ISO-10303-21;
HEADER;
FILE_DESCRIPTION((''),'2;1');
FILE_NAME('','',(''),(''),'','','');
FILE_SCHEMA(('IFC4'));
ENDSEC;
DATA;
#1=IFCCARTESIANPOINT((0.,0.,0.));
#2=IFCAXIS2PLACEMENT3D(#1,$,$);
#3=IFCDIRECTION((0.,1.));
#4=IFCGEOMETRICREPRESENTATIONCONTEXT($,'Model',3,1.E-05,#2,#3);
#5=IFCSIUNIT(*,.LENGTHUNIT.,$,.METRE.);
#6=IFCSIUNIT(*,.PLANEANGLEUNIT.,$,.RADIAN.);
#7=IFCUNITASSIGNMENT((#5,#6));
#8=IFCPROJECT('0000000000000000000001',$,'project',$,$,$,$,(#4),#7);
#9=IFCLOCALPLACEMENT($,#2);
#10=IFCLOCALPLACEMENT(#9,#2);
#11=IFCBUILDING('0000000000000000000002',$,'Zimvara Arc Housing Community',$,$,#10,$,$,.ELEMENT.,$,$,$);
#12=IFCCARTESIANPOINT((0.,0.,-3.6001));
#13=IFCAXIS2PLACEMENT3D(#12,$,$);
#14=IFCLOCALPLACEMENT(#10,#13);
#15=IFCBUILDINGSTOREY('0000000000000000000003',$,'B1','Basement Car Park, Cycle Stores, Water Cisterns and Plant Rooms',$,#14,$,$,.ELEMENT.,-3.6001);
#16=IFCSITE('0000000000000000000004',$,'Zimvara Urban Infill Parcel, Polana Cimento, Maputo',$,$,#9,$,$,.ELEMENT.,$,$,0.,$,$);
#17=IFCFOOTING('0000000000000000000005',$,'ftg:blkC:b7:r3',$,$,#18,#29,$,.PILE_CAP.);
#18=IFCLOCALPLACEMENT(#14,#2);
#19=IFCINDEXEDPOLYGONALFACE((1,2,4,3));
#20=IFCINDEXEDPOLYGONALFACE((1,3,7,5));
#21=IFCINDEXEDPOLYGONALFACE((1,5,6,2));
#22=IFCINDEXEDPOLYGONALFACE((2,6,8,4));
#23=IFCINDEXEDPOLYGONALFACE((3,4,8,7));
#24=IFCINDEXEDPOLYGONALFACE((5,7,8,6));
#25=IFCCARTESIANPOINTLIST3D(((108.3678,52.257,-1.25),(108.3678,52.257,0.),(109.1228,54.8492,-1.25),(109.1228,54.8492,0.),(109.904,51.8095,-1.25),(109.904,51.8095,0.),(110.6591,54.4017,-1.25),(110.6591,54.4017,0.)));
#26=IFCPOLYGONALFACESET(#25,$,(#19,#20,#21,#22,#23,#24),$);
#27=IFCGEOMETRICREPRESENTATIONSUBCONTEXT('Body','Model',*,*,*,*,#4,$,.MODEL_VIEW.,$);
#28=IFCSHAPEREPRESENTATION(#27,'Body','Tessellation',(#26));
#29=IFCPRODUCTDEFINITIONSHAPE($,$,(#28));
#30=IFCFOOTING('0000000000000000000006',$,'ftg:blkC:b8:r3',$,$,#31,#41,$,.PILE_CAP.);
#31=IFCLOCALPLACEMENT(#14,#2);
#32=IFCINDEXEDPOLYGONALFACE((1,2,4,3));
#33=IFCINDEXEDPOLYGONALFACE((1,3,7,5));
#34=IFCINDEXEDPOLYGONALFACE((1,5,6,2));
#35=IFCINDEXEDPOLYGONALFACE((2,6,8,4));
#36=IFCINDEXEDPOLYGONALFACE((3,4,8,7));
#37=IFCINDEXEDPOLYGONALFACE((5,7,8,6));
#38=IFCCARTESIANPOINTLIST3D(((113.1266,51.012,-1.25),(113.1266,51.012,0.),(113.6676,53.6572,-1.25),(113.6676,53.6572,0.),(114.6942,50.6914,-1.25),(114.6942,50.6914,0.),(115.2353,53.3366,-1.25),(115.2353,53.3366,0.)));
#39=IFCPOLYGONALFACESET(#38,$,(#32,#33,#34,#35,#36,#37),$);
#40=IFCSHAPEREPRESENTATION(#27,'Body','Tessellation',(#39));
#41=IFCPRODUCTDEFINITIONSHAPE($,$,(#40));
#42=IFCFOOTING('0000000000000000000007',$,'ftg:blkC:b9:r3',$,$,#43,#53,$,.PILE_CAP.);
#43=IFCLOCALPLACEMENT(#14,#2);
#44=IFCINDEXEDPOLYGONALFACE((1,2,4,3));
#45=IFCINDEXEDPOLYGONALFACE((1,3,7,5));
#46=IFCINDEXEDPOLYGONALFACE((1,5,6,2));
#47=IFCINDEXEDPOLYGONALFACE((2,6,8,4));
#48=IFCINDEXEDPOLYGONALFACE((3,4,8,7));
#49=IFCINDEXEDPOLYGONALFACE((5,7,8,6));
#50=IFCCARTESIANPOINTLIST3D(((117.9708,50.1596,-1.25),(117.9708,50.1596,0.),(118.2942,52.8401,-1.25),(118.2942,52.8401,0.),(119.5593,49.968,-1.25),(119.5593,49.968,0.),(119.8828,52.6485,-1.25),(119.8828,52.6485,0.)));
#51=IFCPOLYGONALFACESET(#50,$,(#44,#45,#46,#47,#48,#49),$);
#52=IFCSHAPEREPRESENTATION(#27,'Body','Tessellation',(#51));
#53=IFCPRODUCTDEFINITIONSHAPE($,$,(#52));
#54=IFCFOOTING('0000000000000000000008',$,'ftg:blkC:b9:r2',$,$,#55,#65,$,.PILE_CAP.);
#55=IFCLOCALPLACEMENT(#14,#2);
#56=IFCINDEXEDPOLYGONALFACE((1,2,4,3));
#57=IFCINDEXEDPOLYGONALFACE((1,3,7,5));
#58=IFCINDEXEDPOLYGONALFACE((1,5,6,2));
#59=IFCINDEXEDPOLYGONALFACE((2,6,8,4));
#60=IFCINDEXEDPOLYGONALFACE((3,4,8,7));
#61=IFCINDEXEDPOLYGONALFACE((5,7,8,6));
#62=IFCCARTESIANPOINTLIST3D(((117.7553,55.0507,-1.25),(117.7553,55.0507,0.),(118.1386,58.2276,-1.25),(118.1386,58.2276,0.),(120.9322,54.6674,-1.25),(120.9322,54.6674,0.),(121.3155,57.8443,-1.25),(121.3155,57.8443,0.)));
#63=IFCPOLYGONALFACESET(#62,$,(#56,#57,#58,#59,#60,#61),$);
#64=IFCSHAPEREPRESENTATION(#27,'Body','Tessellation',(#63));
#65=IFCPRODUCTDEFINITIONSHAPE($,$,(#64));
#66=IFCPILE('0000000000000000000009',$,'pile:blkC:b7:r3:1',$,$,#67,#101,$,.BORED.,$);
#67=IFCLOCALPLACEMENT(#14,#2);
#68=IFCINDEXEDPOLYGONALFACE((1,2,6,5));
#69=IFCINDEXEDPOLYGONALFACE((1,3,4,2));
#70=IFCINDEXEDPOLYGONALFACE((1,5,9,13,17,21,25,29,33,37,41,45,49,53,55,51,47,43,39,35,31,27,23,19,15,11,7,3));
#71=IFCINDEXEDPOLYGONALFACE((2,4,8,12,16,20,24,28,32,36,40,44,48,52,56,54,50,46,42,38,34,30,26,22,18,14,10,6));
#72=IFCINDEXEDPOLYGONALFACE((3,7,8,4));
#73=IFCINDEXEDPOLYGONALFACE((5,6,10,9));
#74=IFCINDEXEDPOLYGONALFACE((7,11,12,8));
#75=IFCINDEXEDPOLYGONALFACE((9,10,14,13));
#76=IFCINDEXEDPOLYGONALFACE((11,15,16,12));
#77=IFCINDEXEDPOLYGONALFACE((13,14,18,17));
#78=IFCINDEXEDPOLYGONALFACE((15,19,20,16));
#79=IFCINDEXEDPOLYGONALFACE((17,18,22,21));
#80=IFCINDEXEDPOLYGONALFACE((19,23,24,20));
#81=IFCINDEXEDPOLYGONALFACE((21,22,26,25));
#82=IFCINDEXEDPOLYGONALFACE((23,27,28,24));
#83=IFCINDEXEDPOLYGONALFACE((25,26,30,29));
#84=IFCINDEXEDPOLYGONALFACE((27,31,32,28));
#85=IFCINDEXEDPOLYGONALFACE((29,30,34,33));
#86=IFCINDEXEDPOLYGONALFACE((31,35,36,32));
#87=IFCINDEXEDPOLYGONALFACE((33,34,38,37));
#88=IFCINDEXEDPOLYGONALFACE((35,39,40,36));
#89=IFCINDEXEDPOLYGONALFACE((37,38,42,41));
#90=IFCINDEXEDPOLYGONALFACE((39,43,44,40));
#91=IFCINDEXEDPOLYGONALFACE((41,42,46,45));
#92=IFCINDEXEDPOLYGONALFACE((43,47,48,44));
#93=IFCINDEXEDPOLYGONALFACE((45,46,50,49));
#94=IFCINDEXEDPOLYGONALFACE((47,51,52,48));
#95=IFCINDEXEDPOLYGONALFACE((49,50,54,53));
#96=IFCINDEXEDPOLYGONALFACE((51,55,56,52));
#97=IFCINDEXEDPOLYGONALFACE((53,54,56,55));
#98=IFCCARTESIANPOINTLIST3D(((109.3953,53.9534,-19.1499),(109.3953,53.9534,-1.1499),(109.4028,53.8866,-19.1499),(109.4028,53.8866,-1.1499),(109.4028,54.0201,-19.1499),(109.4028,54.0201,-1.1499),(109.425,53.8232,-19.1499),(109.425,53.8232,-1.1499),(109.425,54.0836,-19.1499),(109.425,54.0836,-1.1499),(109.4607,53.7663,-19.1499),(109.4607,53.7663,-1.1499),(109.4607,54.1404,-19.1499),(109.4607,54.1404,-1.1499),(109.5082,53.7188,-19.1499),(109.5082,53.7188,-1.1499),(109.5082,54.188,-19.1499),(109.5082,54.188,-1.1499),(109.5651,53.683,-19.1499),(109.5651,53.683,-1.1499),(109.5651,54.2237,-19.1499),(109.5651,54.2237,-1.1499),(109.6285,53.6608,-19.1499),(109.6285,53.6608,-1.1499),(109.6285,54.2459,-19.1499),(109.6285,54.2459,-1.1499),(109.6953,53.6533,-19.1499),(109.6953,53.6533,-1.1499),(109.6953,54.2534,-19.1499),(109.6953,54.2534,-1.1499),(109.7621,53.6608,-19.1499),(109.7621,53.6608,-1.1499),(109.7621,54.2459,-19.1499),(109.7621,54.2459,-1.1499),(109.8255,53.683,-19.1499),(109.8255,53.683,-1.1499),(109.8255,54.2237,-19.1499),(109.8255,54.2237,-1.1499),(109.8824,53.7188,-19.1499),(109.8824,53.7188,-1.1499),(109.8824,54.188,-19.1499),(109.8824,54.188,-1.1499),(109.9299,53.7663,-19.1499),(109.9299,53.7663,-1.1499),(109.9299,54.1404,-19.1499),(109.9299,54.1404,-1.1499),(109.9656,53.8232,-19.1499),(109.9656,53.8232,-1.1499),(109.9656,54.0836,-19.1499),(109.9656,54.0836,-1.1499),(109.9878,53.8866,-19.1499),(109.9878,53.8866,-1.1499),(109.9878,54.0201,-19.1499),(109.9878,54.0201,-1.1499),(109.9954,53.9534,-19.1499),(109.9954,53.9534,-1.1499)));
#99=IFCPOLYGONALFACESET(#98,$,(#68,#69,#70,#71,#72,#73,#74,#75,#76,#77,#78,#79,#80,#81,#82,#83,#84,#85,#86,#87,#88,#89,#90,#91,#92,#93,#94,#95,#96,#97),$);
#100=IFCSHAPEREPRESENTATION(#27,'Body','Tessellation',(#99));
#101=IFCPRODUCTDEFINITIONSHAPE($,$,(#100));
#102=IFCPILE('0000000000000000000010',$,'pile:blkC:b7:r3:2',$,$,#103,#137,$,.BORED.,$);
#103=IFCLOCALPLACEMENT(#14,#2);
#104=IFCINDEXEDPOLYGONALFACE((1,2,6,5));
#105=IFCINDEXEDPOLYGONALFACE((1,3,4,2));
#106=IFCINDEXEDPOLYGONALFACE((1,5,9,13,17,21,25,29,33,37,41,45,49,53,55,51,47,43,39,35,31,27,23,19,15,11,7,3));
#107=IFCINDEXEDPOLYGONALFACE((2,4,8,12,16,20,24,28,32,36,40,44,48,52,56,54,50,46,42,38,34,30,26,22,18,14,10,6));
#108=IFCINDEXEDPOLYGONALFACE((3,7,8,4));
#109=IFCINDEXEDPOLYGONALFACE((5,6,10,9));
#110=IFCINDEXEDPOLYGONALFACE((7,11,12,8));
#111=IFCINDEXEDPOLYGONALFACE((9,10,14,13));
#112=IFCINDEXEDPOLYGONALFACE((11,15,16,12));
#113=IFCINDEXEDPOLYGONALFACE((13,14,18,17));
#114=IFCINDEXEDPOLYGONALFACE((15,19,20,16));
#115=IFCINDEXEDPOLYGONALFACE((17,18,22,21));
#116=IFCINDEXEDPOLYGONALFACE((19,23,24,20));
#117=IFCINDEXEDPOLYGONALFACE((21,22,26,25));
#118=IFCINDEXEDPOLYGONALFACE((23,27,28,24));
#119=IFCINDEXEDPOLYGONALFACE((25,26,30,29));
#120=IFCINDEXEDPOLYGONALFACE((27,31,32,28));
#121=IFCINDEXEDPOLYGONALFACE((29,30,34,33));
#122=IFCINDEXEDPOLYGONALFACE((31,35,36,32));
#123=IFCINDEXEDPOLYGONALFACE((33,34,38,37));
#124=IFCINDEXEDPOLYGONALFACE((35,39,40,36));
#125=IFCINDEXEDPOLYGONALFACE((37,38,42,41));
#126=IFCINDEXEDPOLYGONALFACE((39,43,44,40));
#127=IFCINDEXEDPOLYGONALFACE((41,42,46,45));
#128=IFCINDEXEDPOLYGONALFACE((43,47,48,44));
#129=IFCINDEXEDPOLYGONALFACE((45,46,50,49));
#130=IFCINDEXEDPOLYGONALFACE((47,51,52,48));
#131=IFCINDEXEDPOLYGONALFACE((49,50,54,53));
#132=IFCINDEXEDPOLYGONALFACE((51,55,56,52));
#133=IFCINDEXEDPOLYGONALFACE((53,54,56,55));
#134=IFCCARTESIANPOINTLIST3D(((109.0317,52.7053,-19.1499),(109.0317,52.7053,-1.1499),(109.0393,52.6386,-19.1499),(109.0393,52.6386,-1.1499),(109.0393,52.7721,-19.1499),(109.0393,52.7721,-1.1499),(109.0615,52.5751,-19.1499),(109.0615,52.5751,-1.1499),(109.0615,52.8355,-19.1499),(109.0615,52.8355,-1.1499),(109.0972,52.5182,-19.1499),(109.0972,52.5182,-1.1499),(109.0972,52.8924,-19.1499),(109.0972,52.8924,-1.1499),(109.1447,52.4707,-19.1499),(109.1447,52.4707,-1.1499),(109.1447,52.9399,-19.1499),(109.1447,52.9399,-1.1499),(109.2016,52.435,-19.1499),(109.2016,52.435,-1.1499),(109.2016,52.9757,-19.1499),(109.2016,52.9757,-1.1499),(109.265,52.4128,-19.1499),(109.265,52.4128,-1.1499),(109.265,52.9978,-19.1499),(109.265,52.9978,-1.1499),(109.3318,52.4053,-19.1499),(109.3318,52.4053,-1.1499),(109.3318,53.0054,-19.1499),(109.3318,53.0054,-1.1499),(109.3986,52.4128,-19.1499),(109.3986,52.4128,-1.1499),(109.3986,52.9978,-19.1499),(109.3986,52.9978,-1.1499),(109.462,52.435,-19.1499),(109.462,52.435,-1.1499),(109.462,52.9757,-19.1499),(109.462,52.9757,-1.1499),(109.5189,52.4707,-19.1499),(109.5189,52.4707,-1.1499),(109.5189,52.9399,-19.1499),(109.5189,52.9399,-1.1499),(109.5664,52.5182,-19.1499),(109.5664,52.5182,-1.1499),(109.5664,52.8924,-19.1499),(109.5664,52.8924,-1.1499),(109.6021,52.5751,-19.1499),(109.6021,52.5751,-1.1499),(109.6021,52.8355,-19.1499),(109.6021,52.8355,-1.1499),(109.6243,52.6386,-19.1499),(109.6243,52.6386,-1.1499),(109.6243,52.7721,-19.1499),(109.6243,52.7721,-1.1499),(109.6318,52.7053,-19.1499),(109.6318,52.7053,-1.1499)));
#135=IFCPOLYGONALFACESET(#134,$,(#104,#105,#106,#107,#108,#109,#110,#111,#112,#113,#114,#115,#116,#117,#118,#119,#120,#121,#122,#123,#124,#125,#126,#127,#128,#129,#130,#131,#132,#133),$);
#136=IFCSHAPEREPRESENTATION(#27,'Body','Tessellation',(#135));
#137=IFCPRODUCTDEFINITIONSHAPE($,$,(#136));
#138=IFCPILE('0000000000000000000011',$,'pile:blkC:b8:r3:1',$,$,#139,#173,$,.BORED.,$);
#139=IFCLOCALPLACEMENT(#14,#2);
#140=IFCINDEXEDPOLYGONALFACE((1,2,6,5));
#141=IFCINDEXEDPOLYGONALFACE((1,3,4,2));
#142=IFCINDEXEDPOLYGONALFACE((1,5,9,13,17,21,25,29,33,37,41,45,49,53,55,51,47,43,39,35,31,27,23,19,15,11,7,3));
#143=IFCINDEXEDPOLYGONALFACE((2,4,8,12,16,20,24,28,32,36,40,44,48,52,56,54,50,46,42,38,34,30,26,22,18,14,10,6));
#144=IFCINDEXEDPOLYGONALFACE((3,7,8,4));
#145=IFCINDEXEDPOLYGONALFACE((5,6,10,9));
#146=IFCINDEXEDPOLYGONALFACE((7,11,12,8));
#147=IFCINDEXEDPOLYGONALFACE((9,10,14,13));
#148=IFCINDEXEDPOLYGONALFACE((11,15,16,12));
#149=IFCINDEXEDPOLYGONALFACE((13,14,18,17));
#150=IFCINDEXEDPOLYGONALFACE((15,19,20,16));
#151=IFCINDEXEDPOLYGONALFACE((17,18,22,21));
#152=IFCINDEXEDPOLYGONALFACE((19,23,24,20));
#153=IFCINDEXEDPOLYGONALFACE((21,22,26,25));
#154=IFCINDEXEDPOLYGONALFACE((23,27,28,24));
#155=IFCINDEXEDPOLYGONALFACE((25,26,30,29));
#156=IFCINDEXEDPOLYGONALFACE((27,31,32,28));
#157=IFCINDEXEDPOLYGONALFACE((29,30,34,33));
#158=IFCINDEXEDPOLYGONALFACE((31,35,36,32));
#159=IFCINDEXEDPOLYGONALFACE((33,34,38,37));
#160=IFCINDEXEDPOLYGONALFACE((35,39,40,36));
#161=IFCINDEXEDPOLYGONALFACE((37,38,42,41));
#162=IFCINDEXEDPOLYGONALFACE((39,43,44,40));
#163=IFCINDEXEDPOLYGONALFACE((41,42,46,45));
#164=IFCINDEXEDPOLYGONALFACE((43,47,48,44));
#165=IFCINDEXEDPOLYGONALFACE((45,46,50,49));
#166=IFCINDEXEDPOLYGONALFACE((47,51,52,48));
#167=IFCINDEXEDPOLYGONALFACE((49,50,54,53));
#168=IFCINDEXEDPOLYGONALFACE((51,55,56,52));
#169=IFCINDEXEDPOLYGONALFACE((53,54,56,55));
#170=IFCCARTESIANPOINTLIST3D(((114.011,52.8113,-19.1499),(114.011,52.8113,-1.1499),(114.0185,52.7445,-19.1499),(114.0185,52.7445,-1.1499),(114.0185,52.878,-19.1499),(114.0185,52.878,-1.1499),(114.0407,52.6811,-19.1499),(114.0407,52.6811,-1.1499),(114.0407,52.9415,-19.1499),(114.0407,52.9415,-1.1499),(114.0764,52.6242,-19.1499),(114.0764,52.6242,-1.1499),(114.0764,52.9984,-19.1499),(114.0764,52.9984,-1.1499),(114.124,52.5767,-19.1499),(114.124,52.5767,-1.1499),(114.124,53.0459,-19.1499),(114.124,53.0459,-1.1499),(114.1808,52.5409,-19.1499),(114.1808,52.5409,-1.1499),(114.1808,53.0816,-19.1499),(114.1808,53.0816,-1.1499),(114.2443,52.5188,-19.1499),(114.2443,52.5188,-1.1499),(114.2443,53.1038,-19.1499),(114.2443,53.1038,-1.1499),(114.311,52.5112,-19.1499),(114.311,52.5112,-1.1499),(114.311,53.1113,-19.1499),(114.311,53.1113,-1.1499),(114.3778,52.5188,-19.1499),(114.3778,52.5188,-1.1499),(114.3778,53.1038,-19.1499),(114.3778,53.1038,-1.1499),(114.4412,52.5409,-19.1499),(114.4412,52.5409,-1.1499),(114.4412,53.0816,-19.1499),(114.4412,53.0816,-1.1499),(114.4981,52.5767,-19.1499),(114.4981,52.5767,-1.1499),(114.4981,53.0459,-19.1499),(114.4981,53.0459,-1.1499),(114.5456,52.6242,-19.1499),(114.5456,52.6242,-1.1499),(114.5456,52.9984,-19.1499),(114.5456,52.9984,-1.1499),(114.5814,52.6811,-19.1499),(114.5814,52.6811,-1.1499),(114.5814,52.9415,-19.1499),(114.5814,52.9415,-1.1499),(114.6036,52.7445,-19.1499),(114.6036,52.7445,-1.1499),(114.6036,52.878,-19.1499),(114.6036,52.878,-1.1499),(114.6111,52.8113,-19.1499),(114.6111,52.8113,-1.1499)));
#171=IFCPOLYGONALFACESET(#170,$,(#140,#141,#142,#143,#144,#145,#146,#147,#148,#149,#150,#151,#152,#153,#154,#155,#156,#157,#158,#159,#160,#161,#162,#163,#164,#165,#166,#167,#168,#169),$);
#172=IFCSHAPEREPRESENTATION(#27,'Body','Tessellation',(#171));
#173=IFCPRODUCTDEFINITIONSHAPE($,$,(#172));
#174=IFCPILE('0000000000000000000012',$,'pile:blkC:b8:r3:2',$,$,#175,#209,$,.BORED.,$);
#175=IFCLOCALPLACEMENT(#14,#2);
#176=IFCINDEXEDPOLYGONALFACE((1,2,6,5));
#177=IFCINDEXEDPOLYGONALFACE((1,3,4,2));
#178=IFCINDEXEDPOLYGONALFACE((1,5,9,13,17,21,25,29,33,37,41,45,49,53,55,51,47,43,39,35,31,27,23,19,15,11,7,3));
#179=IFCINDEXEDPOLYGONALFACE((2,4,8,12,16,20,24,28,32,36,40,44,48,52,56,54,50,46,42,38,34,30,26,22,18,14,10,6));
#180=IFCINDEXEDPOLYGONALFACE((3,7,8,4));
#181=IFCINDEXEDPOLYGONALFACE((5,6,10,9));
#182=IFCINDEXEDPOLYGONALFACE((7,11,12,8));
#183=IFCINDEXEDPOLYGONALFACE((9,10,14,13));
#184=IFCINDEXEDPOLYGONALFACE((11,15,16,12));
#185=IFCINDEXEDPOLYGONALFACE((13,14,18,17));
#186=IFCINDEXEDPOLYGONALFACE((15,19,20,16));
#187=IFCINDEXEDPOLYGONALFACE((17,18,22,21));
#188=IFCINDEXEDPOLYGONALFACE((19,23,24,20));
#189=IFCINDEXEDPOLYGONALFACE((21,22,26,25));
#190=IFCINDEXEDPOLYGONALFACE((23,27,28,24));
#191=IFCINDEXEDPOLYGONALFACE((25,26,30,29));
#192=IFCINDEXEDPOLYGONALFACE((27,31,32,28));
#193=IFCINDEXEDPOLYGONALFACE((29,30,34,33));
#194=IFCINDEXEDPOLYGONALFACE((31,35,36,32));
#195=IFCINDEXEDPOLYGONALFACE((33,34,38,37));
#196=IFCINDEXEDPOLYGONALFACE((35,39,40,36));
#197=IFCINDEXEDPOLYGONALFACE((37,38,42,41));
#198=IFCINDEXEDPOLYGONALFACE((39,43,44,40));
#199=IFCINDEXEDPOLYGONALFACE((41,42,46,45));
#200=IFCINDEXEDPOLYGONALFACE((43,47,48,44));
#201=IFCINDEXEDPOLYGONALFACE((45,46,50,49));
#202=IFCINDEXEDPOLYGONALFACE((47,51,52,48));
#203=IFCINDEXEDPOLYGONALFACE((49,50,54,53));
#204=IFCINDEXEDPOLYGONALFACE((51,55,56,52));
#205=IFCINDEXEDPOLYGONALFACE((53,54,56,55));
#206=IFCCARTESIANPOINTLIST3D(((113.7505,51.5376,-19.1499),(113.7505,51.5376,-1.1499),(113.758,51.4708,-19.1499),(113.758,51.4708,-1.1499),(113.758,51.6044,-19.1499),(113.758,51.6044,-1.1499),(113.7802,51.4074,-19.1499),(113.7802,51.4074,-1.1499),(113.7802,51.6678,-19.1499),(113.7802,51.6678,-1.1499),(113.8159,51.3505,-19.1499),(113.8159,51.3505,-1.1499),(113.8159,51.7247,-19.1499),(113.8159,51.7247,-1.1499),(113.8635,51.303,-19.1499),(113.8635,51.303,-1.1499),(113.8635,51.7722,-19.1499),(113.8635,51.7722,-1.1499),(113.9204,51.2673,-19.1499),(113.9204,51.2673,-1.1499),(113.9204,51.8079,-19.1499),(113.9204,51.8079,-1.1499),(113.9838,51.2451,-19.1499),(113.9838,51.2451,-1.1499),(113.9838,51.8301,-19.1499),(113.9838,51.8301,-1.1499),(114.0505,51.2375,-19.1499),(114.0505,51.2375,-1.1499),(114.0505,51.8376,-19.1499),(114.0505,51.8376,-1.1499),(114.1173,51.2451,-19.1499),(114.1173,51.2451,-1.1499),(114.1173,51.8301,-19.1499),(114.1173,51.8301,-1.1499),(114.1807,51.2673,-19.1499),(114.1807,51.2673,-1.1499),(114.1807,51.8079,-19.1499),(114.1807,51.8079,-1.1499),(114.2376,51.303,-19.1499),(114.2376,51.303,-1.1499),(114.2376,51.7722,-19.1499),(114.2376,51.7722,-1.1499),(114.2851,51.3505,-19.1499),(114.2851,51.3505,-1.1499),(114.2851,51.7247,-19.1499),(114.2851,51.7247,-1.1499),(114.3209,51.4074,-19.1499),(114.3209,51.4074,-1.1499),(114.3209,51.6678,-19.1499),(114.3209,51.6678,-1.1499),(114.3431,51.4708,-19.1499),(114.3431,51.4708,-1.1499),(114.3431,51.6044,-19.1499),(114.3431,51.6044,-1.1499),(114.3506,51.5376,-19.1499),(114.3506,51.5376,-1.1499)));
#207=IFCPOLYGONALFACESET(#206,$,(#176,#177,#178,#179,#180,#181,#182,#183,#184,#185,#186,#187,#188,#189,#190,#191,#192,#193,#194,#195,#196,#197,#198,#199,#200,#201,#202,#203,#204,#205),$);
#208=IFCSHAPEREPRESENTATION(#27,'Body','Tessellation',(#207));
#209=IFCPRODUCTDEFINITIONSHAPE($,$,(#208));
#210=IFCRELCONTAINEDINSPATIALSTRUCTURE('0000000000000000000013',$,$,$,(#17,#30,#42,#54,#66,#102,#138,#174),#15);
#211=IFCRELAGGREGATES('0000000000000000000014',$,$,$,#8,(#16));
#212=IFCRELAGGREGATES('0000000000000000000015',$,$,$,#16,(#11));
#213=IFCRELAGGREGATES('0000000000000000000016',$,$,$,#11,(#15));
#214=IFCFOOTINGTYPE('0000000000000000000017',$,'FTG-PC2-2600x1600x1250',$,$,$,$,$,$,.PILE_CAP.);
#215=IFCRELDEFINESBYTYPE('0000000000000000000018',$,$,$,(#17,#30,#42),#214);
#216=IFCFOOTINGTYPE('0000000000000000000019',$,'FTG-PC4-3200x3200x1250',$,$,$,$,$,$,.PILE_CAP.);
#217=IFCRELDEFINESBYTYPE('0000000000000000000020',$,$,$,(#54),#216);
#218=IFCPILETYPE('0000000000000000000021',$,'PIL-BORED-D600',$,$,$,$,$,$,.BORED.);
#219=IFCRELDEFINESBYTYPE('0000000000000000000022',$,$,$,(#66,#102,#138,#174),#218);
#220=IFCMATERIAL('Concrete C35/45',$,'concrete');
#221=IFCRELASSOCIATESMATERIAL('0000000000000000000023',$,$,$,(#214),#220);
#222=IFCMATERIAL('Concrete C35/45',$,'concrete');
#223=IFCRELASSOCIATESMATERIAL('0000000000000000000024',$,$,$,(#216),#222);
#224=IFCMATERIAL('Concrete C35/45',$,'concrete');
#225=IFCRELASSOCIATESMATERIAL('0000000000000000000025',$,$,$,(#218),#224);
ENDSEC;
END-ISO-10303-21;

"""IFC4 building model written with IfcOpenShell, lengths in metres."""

from ifc_helpers import new_model, si_unit, direction, frame, origin, origin_2d, place, context, subcontext, project, spatial, rectangle, circle, extrude, material, material_profile, profile_set, type_object, element, save


model = new_model("IFC4")

# Units and contexts
model_context = context("Model", 3, precision=1e-05, world=origin(), true_north=direction((0.0, 1.0)))
body_context = subcontext(model_context, "Body", "Model", "MODEL_VIEW")
ifc_project = project(units=[si_unit("LENGTHUNIT", "METRE"), si_unit("PLANEANGLEUNIT", "RADIAN")], contexts=[model_context])

# Site, building, storey
site_placement = place(None, origin())
site = spatial("IfcSite", under=ifc_project, at=site_placement, Name="Zimvara Urban Infill Parcel, Polana Cimento, Maputo", CompositionType="ELEMENT", RefElevation=0.0)
building_placement = place(site_placement, origin())
building = spatial("IfcBuilding", under=site, at=building_placement, Name="Zimvara Arc Housing Community", CompositionType="ELEMENT")
storey_placement = place(building_placement, frame((0.0, 0.0, -3.6001)))
storey = spatial("IfcBuildingStorey", under=building, at=storey_placement, Name="B1", Description="Basement Car Park, Cycle Stores, Water Cisterns and Plant Rooms", CompositionType="ELEMENT", Elevation=-3.6001)

# Footings
ifc_material_1 = material(Name="Concrete C35/45", Category="concrete")
footing_type_1 = type_object("IfcFootingType", Name="FTG-PC2-2600x1600x1250", PredefinedType="PILE_CAP", material=ifc_material_1)
for number, where, z_axis, x_axis, name in (
    (1, (109.5134, 53.3293, -1.25), (0.0, 0.0, 1.0), (-0.279661, -0.960099, 0.0), "ftg:blkC:b7:r3"),
    (2, (114.1809, 52.1743, -1.25), (0.0, 0.0, 1.0), (-0.200394, -0.979715, 0.0), "ftg:blkC:b8:r3"),
    (3, (118.9268, 51.4041, -1.25), (0.0, 0.0, 1.0), (-0.11979, -0.992799, 0.0), "ftg:blkC:b9:r3"),
):
    element("IfcFooting", number, at=place(storey_placement, frame(where, z_axis=z_axis, x_axis=x_axis)), inside=storey, type_object=footing_type_1, Name=name, PredefinedType="PILE_CAP", context=body_context, shape_type="SweptSolid", body=[
        extrude(rectangle(XDim=2.7, YDim=1.6001, at=origin_2d()), origin(), (0.0, 0.0, 1.0), 1.25),
    ])
ifc_material_2 = material(Name="Concrete C35/45", Category="concrete")
footing_type_2 = type_object("IfcFootingType", Name="FTG-PC4-3200x3200x1250", PredefinedType="PILE_CAP", material=ifc_material_2)
footing_placement = place(storey_placement, frame((119.5354, 56.4475, -1.25), z_axis=(0.0, 0.0, 1.0), x_axis=(-0.11979, -0.992799, 0.0)))
element("IfcFooting", 4, at=footing_placement, inside=storey, type_object=footing_type_2, Name="ftg:blkC:b9:r2", PredefinedType="PILE_CAP", context=body_context, shape_type="SweptSolid", body=[
    extrude(rectangle(XDim=3.2, YDim=3.2, at=origin_2d()), origin(), (0.0, 0.0, 1.0), 1.25),
])

# Piles
ifc_material_3 = material(Name="Concrete C35/45", Category="concrete")
ifc_material_profile_1 = material_profile(ifc_material_3, circle(Radius=0.3, at=origin_2d()), Name="PILE D600")
ifc_profile_set_1 = profile_set([ifc_material_profile_1], Name="Concrete C35/45")
pile_type_1 = type_object("IfcPileType", Name="PIL-BORED-D600", PredefinedType="BORED", material=ifc_profile_set_1)
for number, where, z_axis, x_axis, name in (
    (5, (109.6953, 53.9534, -1.1499), (0.0, 0.0, -1.0), (1.0, 0.0, 0.0), "pile:blkC:b7:r3:1"),
    (6, (109.3318, 52.7053, -1.1499), (0.0, 0.0, -1.0), (1.0, 0.0, 0.0), "pile:blkC:b7:r3:2"),
    (7, (114.311, 52.8113, -1.1499), (0.0, 0.0, -1.0), (1.0, 0.0, 0.0), "pile:blkC:b8:r3:1"),
    (8, (114.0505, 51.5376, -1.1499), (0.0, 0.0, -1.0), (1.0, 0.0, 0.0), "pile:blkC:b8:r3:2"),
):
    element("IfcPile", number, at=place(storey_placement, frame(where, z_axis=z_axis, x_axis=x_axis)), inside=storey, type_object=pile_type_1, Name=name, PredefinedType="BORED", context=body_context, shape_type="SweptSolid", body=[
        extrude(circle(Radius=0.3, at=origin_2d()), origin(), (0.0, 0.0, 1.0), 18.0),
    ])

save(model, "model.ifc")
